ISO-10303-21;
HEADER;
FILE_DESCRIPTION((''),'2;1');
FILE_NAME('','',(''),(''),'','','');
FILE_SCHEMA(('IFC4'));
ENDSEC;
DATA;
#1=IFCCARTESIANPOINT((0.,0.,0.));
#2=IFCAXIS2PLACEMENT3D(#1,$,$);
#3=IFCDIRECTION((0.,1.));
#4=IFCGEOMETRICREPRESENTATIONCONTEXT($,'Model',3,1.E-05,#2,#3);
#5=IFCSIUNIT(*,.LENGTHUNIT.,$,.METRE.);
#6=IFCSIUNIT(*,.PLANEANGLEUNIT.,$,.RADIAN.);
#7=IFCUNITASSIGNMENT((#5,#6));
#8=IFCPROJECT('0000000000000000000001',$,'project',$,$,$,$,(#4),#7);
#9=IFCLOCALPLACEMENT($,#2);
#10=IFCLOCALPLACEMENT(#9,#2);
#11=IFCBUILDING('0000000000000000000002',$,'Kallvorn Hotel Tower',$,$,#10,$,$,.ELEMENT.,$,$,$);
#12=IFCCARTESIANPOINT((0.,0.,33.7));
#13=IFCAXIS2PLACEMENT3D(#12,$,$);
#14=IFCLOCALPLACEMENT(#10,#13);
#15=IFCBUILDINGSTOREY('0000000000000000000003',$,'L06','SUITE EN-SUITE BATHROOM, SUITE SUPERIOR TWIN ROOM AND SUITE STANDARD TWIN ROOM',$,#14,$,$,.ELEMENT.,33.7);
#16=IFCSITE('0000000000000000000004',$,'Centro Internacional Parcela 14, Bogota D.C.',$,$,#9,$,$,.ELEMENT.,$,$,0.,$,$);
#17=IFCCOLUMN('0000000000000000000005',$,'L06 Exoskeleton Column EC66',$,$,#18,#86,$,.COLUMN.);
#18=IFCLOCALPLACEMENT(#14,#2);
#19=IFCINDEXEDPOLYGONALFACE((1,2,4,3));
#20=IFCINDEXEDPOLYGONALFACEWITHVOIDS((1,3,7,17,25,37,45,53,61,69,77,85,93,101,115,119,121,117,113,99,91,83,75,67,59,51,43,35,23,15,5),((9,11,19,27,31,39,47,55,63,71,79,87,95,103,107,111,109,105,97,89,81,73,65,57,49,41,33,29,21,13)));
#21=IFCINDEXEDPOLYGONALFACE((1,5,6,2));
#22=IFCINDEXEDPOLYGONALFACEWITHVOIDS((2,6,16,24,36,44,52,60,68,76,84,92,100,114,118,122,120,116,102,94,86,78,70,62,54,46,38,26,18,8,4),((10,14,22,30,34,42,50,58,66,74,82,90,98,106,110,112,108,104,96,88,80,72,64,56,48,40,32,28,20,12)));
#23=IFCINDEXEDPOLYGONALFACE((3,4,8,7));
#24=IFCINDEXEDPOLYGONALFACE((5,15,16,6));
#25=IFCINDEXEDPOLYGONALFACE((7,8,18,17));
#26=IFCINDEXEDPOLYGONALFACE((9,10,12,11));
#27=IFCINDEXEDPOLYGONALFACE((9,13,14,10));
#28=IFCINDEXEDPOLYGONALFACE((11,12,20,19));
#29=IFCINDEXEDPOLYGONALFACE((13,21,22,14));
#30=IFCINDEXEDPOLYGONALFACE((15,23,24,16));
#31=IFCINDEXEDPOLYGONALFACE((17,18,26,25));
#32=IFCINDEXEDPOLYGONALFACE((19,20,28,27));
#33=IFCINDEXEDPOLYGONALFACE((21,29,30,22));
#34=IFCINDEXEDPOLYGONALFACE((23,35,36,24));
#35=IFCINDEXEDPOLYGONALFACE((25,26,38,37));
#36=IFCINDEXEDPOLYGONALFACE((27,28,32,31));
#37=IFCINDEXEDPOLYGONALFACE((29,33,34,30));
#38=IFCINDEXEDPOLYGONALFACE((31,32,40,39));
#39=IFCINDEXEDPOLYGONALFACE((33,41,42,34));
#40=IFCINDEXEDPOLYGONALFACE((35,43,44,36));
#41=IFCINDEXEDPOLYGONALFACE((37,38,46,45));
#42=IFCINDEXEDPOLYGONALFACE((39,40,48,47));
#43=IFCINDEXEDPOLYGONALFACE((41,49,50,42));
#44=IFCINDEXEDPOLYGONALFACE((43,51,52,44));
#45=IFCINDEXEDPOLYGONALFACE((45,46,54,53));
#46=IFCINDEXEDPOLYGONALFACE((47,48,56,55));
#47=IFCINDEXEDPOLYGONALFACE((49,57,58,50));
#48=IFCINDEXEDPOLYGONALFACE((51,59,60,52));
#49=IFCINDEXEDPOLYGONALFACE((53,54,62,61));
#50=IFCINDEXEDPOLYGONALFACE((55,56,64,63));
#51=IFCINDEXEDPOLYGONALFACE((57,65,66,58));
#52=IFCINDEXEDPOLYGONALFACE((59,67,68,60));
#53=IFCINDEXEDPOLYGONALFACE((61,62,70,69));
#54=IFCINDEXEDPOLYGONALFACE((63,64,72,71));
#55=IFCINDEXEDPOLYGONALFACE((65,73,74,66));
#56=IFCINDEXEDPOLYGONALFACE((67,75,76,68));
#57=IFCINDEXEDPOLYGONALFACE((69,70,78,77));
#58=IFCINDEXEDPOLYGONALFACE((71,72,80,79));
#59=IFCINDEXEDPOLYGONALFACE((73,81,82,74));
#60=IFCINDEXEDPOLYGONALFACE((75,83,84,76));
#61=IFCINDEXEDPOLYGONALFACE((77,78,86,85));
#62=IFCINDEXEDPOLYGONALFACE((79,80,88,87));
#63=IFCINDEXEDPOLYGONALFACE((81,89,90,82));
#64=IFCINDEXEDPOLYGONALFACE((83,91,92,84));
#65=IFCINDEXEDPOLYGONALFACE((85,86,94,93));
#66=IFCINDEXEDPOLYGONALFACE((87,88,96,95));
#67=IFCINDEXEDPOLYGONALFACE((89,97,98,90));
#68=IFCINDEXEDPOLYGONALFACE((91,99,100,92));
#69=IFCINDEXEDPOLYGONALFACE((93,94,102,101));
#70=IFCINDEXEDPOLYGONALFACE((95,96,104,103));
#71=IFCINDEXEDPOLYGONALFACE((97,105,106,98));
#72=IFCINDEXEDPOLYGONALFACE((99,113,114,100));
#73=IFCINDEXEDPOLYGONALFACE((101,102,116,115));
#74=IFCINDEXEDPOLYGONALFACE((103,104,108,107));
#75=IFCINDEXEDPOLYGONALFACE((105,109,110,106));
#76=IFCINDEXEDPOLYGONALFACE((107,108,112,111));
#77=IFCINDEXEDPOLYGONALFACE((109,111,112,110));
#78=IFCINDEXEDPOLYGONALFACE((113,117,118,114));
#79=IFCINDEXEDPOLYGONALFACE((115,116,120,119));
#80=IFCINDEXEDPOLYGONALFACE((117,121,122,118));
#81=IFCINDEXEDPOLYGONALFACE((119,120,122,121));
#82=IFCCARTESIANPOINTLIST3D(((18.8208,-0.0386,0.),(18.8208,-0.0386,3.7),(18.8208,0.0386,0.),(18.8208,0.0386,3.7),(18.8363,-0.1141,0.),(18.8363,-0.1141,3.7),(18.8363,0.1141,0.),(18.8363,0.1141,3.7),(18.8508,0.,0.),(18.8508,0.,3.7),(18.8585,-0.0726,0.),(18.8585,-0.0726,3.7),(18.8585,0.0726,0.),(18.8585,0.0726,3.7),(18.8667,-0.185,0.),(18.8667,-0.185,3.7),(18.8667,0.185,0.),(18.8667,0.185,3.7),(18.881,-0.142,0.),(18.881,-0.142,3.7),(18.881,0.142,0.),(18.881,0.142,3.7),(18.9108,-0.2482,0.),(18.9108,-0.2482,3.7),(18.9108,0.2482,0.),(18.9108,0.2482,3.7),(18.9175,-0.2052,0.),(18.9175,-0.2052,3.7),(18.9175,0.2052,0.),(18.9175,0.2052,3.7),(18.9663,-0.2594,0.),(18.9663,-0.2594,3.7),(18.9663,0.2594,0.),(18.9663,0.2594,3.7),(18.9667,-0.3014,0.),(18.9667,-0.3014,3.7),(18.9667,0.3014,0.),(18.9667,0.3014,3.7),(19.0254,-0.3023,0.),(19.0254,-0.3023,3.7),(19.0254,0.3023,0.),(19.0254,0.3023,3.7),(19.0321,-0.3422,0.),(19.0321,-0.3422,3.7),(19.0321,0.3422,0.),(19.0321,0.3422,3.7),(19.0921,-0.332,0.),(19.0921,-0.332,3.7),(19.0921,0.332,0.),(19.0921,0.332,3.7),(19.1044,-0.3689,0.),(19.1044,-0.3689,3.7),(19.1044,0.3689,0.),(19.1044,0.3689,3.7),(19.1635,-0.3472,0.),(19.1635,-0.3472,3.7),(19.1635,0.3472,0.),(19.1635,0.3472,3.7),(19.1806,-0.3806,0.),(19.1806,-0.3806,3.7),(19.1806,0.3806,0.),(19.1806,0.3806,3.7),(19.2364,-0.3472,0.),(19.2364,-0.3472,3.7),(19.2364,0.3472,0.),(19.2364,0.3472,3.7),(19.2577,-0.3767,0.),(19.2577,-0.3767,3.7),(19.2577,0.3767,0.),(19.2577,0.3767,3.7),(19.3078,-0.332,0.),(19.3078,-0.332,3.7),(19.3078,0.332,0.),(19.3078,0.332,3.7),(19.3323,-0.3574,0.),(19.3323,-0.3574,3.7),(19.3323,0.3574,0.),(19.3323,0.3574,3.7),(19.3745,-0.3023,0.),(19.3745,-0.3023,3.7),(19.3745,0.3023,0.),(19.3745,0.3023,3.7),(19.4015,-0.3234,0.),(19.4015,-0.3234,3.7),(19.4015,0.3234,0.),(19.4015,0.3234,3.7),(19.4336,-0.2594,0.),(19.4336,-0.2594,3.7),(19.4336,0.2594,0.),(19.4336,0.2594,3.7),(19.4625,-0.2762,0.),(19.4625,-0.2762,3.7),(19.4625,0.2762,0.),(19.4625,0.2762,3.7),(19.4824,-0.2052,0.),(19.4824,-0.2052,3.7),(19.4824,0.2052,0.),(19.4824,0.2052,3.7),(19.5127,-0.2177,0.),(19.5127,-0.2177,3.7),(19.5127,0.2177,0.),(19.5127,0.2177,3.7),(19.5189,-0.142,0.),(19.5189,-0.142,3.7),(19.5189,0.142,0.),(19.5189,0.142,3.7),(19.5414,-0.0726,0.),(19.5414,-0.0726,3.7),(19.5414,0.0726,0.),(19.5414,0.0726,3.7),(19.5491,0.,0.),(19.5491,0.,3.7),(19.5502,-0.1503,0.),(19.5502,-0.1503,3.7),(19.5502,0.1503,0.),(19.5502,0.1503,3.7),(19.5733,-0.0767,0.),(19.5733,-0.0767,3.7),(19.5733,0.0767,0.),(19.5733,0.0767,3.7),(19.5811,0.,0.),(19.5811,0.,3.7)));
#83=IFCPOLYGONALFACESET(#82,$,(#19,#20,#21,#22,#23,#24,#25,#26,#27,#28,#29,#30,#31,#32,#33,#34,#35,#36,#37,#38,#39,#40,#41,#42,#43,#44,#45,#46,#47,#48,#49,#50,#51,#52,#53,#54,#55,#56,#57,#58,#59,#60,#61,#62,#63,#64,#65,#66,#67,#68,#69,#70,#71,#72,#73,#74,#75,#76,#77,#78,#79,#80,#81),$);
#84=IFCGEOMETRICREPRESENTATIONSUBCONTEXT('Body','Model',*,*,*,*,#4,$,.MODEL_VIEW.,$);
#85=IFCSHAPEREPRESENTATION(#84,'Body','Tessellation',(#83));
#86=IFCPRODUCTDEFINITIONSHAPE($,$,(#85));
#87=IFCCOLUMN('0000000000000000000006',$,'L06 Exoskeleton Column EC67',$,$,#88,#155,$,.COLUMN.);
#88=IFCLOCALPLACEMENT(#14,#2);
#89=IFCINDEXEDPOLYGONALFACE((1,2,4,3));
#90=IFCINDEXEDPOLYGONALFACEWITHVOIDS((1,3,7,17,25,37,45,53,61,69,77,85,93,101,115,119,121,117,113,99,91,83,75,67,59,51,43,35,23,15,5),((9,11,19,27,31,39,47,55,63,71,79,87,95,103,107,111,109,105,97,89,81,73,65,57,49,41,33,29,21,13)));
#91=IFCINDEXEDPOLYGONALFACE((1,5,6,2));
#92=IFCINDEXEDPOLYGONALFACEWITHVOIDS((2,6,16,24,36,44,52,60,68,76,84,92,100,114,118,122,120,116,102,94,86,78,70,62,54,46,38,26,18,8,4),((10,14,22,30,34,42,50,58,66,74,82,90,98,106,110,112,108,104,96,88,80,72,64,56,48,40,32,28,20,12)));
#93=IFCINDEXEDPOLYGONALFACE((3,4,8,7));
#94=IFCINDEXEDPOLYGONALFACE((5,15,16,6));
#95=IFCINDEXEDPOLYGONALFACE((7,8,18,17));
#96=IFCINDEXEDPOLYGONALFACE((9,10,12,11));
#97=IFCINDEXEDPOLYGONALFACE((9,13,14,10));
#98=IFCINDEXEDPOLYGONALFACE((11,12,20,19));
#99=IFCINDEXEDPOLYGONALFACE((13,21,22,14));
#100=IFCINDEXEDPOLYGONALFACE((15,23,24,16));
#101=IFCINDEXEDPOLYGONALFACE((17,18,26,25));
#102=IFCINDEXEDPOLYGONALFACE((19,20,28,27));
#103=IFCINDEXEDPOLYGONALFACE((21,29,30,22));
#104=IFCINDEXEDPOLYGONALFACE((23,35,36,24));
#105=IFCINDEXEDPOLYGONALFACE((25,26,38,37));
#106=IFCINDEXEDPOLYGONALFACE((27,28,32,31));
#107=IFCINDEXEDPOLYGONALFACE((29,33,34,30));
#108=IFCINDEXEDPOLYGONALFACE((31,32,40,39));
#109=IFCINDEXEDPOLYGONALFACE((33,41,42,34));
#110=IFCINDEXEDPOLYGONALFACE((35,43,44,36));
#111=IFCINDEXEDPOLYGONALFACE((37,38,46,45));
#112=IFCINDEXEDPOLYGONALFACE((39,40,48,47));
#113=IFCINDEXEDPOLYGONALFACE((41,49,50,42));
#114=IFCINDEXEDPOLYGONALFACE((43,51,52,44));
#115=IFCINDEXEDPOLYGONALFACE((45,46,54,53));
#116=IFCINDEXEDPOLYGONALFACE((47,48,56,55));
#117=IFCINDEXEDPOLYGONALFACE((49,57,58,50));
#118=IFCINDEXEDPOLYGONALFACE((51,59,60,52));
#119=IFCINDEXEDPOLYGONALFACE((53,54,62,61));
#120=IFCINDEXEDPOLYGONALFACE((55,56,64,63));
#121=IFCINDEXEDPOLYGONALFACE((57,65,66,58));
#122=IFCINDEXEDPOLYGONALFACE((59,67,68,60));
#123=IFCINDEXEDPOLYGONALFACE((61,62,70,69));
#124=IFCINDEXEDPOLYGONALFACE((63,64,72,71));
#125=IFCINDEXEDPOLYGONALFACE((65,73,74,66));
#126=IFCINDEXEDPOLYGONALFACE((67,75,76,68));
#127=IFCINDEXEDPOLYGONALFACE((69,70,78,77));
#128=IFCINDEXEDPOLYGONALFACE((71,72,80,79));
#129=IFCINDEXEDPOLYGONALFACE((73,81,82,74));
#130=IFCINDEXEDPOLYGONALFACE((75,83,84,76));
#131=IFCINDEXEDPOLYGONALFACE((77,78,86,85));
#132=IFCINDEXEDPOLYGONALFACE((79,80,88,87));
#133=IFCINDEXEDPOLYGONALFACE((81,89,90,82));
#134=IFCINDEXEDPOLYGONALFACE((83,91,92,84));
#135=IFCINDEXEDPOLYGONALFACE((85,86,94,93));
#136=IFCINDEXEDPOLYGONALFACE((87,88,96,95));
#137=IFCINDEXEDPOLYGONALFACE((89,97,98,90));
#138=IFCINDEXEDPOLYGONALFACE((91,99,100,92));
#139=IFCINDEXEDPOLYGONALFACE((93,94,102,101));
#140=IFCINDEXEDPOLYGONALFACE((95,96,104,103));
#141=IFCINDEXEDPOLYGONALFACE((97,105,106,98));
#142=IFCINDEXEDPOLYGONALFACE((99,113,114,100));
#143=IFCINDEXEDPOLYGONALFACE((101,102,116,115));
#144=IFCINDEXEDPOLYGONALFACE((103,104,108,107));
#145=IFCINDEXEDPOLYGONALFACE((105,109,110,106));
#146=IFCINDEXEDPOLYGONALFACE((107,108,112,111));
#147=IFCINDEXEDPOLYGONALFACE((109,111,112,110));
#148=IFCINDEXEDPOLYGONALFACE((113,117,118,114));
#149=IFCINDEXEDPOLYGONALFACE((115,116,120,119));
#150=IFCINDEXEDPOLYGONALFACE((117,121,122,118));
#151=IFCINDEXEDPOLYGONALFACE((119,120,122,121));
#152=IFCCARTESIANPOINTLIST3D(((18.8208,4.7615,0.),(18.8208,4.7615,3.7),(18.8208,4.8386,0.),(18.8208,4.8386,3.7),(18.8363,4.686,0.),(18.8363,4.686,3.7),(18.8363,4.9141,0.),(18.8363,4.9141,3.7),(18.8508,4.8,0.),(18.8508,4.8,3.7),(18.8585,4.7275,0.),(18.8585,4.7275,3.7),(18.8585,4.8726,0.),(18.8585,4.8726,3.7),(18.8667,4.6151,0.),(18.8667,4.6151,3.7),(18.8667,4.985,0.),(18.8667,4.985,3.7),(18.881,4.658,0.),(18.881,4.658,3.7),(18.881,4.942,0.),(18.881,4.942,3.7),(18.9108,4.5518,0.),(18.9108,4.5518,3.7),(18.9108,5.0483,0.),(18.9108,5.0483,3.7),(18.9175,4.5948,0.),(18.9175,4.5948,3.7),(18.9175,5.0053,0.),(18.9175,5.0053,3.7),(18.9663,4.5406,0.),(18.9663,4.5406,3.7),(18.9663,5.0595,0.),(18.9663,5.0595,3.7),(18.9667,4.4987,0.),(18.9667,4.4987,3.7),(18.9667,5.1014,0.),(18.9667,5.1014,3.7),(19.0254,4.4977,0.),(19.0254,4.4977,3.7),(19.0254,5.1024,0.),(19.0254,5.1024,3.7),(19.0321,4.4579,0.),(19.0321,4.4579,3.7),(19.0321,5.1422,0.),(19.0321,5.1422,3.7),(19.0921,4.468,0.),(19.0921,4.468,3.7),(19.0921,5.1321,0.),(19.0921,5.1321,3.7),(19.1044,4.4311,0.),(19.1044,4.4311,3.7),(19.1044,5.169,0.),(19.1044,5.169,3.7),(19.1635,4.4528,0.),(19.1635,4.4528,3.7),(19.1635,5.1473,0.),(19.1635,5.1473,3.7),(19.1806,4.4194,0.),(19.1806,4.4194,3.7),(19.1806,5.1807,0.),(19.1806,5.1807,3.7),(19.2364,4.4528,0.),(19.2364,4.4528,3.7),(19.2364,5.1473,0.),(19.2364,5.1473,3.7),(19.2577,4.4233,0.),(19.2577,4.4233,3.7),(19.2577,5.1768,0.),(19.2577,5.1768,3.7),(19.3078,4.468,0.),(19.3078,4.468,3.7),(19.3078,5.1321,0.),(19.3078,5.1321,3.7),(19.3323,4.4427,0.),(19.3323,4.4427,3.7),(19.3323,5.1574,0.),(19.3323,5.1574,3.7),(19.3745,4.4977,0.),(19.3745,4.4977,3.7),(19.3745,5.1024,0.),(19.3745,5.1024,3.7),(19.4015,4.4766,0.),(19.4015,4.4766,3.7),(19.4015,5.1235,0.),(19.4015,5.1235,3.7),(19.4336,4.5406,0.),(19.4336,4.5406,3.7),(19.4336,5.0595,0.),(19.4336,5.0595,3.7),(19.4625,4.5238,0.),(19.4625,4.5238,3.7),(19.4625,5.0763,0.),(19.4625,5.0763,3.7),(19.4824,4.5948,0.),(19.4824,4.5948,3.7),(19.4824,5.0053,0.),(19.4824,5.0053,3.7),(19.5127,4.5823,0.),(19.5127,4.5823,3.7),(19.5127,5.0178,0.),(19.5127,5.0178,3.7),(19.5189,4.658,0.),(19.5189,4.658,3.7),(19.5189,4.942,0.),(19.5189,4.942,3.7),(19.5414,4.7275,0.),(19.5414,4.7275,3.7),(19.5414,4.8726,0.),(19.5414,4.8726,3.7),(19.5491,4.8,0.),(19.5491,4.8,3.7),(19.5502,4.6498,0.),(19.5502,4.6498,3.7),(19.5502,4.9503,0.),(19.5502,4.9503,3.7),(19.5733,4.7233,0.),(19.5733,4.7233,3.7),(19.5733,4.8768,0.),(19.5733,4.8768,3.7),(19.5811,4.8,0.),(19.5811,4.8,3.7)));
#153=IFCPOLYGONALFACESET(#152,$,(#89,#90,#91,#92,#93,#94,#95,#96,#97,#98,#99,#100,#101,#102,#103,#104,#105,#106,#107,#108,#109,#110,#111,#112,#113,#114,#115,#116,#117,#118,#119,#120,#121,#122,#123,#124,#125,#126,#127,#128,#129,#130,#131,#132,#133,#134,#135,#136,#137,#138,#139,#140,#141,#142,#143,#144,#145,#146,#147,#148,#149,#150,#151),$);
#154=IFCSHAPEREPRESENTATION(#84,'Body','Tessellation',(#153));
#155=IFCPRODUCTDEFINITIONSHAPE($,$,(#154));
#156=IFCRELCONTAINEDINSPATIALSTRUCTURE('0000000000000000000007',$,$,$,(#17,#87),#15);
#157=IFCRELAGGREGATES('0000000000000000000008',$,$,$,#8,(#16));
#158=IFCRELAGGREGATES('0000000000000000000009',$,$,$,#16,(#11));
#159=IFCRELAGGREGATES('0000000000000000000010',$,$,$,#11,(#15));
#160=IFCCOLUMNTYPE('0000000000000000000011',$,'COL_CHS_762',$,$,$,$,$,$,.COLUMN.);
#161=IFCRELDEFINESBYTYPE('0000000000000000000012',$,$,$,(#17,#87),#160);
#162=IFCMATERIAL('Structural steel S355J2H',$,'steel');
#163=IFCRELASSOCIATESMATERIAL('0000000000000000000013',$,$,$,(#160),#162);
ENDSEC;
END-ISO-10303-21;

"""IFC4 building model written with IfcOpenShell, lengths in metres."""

from ifc_helpers import new_model, si_unit, direction, frame, origin, origin_2d, place, context, subcontext, project, spatial, hollow_circle, extrude, material, material_profile, profile_set, type_object, element, save


model = new_model("IFC4")

# Units and contexts
model_context = context("Model", 3, precision=1e-05, world=origin(), true_north=direction((0.0, 1.0)))
body_context = subcontext(model_context, "Body", "Model", "MODEL_VIEW")
ifc_project = project(units=[si_unit("LENGTHUNIT", "METRE"), si_unit("PLANEANGLEUNIT", "RADIAN")], contexts=[model_context])

# Site, building, storey
site_placement = place(None, origin())
site = spatial("IfcSite", under=ifc_project, at=site_placement, Name="Centro Internacional Parcela 14, Bogota D.C.", CompositionType="ELEMENT", RefElevation=0.0)
building_placement = place(site_placement, origin())
building = spatial("IfcBuilding", under=site, at=building_placement, Name="Kallvorn Hotel Tower", CompositionType="ELEMENT")
storey_placement = place(building_placement, frame((0.0, 0.0, 33.7)))
storey = spatial("IfcBuildingStorey", under=building, at=storey_placement, Name="L06", Description="SUITE EN-SUITE BATHROOM, SUITE SUPERIOR TWIN ROOM AND SUITE STANDARD TWIN ROOM", CompositionType="ELEMENT", Elevation=33.7)

# Columns
ifc_material_1 = material(Name="Structural steel S355J2H", Category="steel")
ifc_material_profile_1 = material_profile(ifc_material_1, hollow_circle(Radius=0.3811, WallThickness=0.032, at=origin_2d()), Name="CHS 762x32")
ifc_profile_set_1 = profile_set([ifc_material_profile_1], Name="Structural steel S355J2H")
column_type_1 = type_object("IfcColumnType", Name="COL_CHS_762", PredefinedType="COLUMN", material=ifc_profile_set_1)
for number, where, z_axis, x_axis, name in (
    (1, (19.2, 0.0, 0.0), (0.0, 0.0, 1.0), (1.0, 0.0, 0.0), "L06 Exoskeleton Column EC66"),
    (2, (19.2, 4.8, 0.0), (0.0, 0.0, 1.0), (1.0, 0.0, 0.0), "L06 Exoskeleton Column EC67"),
):
    element("IfcColumn", number, at=place(storey_placement, frame(where, z_axis=z_axis, x_axis=x_axis)), inside=storey, type_object=column_type_1, Name=name, PredefinedType="COLUMN", context=body_context, shape_type="SweptSolid", body=[
        extrude(hollow_circle(Radius=0.3811, WallThickness=0.032, at=origin_2d()), origin(), (0.0, 0.0, 1.0), 3.7),
    ])

save(model, "model.ifc")
